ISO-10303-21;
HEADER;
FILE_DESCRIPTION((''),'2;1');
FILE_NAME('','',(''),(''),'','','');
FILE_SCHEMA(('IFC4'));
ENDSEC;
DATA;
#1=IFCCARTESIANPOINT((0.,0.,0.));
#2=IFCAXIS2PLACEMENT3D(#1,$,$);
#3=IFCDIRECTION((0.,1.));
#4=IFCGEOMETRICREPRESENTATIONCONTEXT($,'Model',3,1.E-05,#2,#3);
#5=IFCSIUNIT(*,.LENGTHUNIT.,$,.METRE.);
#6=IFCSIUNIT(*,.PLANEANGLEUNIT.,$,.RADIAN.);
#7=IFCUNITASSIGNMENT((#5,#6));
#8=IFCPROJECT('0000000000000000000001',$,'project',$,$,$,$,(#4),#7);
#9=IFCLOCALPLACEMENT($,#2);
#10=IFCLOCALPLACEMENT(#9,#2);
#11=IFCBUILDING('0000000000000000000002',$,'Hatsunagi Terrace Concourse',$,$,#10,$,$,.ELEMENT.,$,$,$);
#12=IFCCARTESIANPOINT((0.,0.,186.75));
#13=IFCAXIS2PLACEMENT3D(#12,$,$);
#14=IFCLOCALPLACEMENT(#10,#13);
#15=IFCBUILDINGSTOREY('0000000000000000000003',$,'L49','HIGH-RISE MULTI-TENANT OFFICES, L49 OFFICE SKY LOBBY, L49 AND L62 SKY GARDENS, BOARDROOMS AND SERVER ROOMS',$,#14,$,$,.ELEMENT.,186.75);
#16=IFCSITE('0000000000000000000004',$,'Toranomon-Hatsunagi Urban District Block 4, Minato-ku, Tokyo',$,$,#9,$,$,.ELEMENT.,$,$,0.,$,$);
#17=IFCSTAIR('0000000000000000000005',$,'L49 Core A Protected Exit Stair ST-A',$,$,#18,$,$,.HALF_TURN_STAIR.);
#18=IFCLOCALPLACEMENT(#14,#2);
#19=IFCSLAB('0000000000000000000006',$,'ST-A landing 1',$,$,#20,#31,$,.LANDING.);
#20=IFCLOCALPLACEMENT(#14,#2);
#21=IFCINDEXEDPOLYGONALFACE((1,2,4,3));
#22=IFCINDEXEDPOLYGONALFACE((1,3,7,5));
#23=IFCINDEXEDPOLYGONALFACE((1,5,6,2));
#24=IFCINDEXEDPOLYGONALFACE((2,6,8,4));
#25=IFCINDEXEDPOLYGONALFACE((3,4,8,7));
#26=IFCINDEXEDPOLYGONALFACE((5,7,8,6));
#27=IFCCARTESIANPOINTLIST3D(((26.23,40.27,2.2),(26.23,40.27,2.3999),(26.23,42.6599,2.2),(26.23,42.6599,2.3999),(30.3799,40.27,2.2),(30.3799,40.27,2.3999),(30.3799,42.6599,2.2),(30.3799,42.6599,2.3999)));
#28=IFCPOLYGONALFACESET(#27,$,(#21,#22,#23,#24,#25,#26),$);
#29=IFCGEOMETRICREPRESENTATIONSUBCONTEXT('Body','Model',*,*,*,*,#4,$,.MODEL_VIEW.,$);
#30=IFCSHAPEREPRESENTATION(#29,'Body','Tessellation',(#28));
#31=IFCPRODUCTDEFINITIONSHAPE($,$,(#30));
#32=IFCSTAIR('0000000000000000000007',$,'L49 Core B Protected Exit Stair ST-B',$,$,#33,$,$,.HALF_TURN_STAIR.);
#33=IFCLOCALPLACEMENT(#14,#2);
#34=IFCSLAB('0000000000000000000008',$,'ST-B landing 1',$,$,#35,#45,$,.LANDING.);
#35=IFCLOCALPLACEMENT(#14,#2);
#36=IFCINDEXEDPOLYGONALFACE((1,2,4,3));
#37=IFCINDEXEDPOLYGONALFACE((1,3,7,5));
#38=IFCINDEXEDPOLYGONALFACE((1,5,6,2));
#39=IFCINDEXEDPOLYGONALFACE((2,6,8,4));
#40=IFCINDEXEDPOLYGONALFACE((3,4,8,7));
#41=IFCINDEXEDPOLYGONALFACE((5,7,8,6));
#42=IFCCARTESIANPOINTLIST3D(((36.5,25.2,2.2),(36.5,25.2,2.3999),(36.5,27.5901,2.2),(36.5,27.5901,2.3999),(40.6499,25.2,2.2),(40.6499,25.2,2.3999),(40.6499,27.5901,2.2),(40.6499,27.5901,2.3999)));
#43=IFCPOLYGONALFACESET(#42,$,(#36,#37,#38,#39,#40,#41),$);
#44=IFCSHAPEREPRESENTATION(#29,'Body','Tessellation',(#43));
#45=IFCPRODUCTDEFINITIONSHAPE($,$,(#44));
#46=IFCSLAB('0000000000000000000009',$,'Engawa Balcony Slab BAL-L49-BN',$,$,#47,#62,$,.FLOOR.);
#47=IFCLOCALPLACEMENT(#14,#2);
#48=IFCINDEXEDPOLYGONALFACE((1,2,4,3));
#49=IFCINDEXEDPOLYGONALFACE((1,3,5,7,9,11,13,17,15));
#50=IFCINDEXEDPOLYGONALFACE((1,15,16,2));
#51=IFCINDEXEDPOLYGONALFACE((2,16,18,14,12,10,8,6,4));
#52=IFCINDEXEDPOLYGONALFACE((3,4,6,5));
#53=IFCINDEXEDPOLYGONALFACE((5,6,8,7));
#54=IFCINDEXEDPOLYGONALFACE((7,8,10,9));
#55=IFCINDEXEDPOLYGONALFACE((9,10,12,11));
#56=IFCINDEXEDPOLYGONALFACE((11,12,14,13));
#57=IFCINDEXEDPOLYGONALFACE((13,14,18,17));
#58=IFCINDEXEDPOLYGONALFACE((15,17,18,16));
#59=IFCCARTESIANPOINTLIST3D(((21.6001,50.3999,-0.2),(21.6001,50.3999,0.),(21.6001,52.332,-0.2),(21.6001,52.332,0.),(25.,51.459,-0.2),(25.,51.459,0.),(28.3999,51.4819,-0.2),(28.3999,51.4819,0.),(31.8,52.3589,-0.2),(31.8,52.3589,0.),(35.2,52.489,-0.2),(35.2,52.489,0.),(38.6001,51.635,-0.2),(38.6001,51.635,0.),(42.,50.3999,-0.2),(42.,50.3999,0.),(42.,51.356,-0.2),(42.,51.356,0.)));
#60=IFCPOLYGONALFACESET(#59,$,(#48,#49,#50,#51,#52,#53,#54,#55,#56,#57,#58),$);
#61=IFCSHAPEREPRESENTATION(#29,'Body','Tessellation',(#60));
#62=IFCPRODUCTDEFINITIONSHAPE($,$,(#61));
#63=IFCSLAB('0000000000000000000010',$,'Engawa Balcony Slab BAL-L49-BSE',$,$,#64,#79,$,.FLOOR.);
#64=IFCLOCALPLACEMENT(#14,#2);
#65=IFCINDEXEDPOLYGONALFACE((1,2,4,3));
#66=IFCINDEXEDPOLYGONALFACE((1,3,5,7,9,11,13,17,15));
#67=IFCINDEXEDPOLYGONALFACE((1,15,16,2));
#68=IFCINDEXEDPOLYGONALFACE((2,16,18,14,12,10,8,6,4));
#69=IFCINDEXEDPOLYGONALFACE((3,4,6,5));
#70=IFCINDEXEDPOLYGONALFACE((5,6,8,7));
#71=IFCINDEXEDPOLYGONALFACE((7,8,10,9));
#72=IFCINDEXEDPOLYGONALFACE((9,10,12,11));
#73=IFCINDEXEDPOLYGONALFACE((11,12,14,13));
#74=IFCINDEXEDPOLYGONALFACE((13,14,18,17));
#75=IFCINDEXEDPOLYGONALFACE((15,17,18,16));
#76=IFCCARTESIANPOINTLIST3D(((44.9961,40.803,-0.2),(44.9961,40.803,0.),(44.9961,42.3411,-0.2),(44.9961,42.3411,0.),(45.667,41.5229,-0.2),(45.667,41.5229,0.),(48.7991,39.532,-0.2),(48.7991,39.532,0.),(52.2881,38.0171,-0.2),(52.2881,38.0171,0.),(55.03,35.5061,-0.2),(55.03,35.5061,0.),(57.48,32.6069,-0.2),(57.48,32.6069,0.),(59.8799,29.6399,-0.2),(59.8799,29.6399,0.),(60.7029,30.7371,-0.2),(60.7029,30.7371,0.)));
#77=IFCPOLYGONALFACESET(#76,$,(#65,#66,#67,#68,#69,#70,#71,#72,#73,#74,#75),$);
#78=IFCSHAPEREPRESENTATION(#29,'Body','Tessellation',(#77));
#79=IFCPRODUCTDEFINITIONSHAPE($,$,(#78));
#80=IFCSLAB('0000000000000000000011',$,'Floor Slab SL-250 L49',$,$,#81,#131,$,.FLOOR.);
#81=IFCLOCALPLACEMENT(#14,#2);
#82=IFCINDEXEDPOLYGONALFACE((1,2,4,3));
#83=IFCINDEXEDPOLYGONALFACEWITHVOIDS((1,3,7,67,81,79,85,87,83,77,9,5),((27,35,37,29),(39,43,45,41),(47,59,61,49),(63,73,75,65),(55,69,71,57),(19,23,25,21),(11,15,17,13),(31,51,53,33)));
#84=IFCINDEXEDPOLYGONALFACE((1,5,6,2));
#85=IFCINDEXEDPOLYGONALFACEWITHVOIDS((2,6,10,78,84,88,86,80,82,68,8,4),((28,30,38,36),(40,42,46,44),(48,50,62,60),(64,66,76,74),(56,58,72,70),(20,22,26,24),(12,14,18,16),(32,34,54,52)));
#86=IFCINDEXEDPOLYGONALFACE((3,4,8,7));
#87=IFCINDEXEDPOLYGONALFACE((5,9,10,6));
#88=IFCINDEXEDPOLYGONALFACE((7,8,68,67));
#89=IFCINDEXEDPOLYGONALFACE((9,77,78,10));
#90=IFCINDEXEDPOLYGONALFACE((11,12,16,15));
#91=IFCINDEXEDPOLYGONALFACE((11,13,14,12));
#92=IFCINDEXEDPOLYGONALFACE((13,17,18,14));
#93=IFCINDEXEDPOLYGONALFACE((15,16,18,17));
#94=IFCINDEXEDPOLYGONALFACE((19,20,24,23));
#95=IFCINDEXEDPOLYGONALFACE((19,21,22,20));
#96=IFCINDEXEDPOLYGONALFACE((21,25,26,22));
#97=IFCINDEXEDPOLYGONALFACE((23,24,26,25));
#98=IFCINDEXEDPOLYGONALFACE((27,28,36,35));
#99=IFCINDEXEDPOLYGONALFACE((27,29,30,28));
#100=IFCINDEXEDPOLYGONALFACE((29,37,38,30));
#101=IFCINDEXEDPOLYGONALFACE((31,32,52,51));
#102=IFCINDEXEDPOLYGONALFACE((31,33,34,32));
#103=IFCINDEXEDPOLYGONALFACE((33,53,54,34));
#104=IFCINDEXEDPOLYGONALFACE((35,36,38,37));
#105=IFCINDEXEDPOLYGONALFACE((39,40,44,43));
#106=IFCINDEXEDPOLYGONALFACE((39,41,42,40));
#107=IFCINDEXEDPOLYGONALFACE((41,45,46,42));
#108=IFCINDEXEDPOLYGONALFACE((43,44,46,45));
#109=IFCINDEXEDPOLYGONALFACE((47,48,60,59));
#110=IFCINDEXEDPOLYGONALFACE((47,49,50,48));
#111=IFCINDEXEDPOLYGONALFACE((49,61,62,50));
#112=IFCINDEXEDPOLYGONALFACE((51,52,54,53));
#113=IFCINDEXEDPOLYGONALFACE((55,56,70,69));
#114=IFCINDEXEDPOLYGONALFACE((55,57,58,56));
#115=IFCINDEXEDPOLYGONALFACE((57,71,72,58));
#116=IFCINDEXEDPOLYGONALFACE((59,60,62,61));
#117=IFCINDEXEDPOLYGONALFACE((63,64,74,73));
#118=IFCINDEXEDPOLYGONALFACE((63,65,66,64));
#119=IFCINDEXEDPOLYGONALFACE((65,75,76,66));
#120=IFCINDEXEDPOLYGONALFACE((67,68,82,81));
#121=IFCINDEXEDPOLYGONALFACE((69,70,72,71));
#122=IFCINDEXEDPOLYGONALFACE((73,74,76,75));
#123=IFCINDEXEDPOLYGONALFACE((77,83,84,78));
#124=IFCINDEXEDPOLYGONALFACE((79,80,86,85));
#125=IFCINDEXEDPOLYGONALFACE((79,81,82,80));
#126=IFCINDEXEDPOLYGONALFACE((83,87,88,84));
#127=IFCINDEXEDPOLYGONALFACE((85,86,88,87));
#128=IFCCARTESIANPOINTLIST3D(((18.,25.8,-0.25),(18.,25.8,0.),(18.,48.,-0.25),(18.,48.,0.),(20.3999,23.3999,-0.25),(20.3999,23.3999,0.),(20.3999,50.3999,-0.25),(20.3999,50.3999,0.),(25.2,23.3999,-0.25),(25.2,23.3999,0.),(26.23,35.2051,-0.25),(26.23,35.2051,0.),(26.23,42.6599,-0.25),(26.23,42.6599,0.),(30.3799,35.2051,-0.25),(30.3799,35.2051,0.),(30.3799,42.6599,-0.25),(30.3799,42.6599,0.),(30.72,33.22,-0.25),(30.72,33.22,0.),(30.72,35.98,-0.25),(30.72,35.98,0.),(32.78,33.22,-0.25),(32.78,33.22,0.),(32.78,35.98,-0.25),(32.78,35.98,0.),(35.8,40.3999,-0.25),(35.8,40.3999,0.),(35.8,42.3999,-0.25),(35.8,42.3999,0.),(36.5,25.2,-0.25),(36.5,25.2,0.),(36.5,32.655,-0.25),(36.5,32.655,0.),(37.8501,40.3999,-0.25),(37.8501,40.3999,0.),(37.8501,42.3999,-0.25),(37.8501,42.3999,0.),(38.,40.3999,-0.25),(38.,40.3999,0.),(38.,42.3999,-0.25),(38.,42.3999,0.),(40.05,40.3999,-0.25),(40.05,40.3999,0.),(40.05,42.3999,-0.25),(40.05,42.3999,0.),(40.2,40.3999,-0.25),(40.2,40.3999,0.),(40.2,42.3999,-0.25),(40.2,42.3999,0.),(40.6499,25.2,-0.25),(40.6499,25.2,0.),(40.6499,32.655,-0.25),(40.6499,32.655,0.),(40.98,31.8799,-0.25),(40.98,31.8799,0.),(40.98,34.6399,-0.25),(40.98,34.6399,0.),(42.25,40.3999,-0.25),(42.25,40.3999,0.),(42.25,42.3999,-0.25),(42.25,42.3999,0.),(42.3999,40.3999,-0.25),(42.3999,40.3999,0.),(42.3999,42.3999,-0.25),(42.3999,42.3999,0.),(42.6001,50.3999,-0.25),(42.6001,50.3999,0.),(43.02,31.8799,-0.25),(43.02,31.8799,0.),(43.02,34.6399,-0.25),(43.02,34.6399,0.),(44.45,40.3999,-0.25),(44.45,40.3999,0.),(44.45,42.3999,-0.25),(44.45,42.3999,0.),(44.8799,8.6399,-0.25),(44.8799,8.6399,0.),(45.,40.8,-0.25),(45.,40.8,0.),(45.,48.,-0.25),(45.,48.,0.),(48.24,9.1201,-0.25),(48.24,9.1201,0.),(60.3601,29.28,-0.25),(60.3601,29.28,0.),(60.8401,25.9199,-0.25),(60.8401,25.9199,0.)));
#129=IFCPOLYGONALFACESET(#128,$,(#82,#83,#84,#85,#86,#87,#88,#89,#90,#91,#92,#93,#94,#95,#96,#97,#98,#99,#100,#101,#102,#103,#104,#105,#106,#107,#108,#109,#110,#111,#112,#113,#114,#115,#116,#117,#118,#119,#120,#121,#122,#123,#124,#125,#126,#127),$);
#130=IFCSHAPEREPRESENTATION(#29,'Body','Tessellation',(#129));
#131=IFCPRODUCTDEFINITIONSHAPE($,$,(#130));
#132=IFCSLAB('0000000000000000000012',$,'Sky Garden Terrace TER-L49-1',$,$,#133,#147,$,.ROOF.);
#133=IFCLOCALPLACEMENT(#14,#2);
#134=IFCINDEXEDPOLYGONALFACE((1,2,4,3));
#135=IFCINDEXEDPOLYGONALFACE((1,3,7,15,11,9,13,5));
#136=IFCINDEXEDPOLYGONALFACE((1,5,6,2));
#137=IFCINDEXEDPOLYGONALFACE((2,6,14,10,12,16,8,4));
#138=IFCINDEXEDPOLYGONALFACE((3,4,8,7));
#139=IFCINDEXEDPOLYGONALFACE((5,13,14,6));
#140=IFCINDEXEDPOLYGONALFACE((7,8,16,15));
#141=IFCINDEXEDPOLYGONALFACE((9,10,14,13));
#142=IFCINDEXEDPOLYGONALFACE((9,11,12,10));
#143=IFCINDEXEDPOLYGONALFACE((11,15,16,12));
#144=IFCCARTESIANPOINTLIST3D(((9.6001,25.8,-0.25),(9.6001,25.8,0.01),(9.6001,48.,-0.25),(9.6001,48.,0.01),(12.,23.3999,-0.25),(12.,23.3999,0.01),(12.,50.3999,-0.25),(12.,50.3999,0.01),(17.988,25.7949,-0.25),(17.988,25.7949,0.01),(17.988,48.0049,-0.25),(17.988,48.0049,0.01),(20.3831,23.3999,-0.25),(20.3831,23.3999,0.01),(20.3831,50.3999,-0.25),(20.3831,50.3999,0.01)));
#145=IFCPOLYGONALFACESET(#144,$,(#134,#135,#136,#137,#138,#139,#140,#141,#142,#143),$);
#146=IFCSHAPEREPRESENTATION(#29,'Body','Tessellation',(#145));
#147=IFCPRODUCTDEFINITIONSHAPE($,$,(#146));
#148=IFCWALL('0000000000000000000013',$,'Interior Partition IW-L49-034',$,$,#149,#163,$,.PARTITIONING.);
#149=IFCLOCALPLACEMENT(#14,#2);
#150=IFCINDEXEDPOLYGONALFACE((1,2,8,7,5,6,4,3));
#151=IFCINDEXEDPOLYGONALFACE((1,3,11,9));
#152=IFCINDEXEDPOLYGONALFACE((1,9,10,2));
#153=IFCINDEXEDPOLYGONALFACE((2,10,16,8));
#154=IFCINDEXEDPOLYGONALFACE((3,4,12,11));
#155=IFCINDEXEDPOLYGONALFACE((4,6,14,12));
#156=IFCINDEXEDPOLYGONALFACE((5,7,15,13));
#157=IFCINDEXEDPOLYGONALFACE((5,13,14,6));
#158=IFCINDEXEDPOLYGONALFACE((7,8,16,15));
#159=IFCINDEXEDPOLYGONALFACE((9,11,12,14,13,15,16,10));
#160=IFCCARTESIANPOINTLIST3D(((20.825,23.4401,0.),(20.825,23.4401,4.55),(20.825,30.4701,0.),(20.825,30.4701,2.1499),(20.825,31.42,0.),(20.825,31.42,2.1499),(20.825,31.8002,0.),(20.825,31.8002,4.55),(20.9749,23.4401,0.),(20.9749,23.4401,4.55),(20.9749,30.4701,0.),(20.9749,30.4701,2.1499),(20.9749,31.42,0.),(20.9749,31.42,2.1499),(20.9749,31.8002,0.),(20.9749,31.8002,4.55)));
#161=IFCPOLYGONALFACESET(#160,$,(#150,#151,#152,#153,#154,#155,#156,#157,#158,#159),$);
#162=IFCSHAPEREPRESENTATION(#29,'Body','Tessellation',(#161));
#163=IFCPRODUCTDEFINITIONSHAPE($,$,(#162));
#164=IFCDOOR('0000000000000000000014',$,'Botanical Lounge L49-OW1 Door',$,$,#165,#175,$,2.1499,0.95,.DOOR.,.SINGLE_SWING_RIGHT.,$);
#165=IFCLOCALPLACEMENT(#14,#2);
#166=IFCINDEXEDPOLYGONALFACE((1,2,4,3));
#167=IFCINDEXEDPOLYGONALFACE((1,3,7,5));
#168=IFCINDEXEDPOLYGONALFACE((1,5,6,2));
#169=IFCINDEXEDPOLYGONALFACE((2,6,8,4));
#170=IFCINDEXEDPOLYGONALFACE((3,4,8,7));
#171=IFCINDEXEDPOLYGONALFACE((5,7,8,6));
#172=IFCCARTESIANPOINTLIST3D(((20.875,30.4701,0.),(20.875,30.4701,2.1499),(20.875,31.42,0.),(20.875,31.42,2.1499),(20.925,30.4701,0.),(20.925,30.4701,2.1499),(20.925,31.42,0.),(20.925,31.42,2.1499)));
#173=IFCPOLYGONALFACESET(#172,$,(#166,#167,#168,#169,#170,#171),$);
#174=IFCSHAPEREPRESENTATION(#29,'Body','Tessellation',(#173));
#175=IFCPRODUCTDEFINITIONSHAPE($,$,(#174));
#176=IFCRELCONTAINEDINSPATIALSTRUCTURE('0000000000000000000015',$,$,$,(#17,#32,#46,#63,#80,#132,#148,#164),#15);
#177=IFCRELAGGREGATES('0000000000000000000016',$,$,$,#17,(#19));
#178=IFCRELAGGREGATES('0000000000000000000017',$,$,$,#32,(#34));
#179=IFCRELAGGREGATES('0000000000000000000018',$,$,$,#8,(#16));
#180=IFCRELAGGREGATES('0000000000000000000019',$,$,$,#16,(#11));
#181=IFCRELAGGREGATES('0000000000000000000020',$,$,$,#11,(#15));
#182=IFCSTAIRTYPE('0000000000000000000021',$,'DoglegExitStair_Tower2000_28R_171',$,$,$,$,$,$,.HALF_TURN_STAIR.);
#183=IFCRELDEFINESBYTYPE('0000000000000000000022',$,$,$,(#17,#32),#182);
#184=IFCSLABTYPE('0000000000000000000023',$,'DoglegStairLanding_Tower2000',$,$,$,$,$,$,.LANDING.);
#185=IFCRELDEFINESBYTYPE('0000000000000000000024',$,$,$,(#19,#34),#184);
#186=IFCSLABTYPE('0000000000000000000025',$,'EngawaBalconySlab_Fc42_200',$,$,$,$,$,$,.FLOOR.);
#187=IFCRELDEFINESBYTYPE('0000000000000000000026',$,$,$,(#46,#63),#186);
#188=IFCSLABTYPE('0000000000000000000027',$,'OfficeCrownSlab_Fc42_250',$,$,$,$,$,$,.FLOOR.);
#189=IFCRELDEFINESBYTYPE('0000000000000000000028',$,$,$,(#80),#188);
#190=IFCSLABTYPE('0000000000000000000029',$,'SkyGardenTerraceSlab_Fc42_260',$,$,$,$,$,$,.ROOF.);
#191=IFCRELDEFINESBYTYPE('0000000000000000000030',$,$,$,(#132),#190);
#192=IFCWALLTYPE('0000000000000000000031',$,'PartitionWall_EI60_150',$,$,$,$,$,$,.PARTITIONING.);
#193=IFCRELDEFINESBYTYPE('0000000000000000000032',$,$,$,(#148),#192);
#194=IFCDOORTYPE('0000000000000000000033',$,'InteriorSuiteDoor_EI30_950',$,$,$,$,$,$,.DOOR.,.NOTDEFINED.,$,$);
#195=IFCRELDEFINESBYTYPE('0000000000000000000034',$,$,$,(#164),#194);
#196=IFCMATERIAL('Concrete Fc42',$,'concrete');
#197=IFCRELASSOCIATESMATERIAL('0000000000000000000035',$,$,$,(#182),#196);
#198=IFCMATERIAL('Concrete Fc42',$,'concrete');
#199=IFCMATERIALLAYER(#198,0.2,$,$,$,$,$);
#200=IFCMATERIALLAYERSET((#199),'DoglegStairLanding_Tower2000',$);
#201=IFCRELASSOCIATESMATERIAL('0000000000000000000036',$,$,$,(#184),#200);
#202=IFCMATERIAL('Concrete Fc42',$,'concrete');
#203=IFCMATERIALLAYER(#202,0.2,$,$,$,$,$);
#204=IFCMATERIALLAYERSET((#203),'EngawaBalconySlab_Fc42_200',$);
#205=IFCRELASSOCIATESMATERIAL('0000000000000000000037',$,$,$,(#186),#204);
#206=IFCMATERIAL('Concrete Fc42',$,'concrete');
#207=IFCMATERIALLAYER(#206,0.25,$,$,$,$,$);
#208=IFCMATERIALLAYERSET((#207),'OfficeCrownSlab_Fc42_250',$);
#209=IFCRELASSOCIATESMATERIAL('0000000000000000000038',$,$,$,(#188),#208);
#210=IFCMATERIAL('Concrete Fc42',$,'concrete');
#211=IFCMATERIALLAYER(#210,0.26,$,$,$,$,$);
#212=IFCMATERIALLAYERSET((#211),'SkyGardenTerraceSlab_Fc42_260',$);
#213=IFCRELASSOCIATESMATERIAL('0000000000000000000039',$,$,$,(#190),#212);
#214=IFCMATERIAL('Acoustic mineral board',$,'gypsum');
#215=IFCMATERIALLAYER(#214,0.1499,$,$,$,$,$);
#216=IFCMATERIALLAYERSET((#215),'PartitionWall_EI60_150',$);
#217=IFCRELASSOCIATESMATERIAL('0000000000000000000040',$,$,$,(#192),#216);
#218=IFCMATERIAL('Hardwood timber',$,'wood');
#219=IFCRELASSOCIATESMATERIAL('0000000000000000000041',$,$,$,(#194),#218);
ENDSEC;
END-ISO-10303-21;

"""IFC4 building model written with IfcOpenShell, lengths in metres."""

from ifc_helpers import new_model, si_unit, direction, frame, frame_2d, origin, place, context, subcontext, project, spatial, polyline, rectangle, outline, extrude, material, layer, layer_set, type_object, element, fill, aggregate, save


model = new_model("IFC4")

# Units and contexts
model_context = context("Model", 3, precision=1e-05, world=origin(), true_north=direction((0.0, 1.0)))
body_context = subcontext(model_context, "Body", "Model", "MODEL_VIEW")
ifc_project = project(units=[si_unit("LENGTHUNIT", "METRE"), si_unit("PLANEANGLEUNIT", "RADIAN")], contexts=[model_context])

# Site, building, storey
site_placement = place(None, origin())
site = spatial("IfcSite", under=ifc_project, at=site_placement, Name="Toranomon-Hatsunagi Urban District Block 4, Minato-ku, Tokyo", CompositionType="ELEMENT", RefElevation=0.0)
building_placement = place(site_placement, origin())
building = spatial("IfcBuilding", under=site, at=building_placement, Name="Hatsunagi Terrace Concourse", CompositionType="ELEMENT")
storey_placement = place(building_placement, frame((0.0, 0.0, 186.75)))
storey = spatial("IfcBuildingStorey", under=building, at=storey_placement, Name="L49", Description="HIGH-RISE MULTI-TENANT OFFICES, L49 OFFICE SKY LOBBY, L49 AND L62 SKY GARDENS, BOARDROOMS AND SERVER ROOMS", CompositionType="ELEMENT", Elevation=186.75)

# Stairs, slabs
ifc_material_1 = material(Name="Concrete Fc42", Category="concrete")
stair_type = type_object("IfcStairType", Name="DoglegExitStair_Tower2000_28R_171", PredefinedType="HALF_TURN_STAIR", material=ifc_material_1)
stair_1_placement = place(storey_placement, origin())
stair_1 = element("IfcStair", 1, at=stair_1_placement, inside=storey, type_object=stair_type, Name="L49 Core A Protected Exit Stair ST-A", PredefinedType="HALF_TURN_STAIR")
ifc_material_2 = material(Name="Concrete Fc42", Category="concrete")
ifc_layer_1 = layer(ifc_material_2, 0.2)
ifc_layer_set_1 = layer_set([ifc_layer_1], Name="DoglegStairLanding_Tower2000")
slab_type_1 = type_object("IfcSlabType", Name="DoglegStairLanding_Tower2000", PredefinedType="LANDING", material=ifc_layer_set_1)
slab_1_placement = place(storey_placement, frame((0.0, 0.0, 2.2)))
slab_1 = element("IfcSlab", 2, at=slab_1_placement, type_object=slab_type_1, Name="ST-A landing 1", PredefinedType="LANDING", context=body_context, shape_type="SweptSolid", body=[
    extrude(outline(polyline([(30.3799, 40.27), (30.3799, 42.6599), (26.23, 42.6599), (26.23, 40.27), (30.3799, 40.27)])), origin(), (0.0, 0.0, 1.0), 0.2),
])
aggregate(stair_1, [slab_1])
stair_2_placement = place(storey_placement, origin())
stair_2 = element("IfcStair", 3, at=stair_2_placement, inside=storey, type_object=stair_type, Name="L49 Core B Protected Exit Stair ST-B", PredefinedType="HALF_TURN_STAIR")
slab_2_placement = place(storey_placement, frame((0.0, 0.0, 2.2)))
slab_2 = element("IfcSlab", 4, at=slab_2_placement, type_object=slab_type_1, Name="ST-B landing 1", PredefinedType="LANDING", context=body_context, shape_type="SweptSolid", body=[
    extrude(outline(polyline([(36.5, 27.5901), (36.5, 25.2), (40.6499, 25.2), (40.6499, 27.5901), (36.5, 27.5901)])), origin(), (0.0, 0.0, 1.0), 0.2),
])
aggregate(stair_2, [slab_2])

# Slabs
ifc_material_3 = material(Name="Concrete Fc42", Category="concrete")
ifc_layer_2 = layer(ifc_material_3, 0.2)
ifc_layer_set_2 = layer_set([ifc_layer_2], Name="EngawaBalconySlab_Fc42_200")
slab_type_2 = type_object("IfcSlabType", Name="EngawaBalconySlab_Fc42_200", PredefinedType="FLOOR", material=ifc_layer_set_2)
slab_3_placement = place(storey_placement, frame((0.0, 0.0, -0.2)))
element("IfcSlab", 5, at=slab_3_placement, inside=storey, type_object=slab_type_2, Name="Engawa Balcony Slab BAL-L49-BN", PredefinedType="FLOOR", context=body_context, shape_type="SweptSolid", body=[
    extrude(outline(polyline([(21.6001, 52.332), (21.6001, 50.3999), (42.0, 50.3999), (42.0, 51.356), (38.6001, 51.635), (35.2, 52.489), (31.8, 52.3589), (28.3999, 51.4819), (25.0, 51.459), (21.6001, 52.332)])), origin(), (0.0, 0.0, 1.0), 0.2),
])
slab_4_placement = place(storey_placement, frame((0.0, 0.0, -0.2)))
element("IfcSlab", 6, at=slab_4_placement, inside=storey, type_object=slab_type_2, Name="Engawa Balcony Slab BAL-L49-BSE", PredefinedType="FLOOR", context=body_context, shape_type="SweptSolid", body=[
    extrude(outline(polyline([(45.667, 41.5229), (44.9961, 42.3411), (44.9961, 40.803), (59.8799, 29.6399), (60.7029, 30.7371), (57.48, 32.6069), (55.03, 35.5061), (52.2881, 38.0171), (48.7991, 39.532), (45.667, 41.5229)])), origin(), (0.0, 0.0, 1.0), 0.2),
])
ifc_material_4 = material(Name="Concrete Fc42", Category="concrete")
ifc_layer_3 = layer(ifc_material_4, 0.25)
ifc_layer_set_3 = layer_set([ifc_layer_3], Name="OfficeCrownSlab_Fc42_250")
slab_type_3 = type_object("IfcSlabType", Name="OfficeCrownSlab_Fc42_250", PredefinedType="FLOOR", material=ifc_layer_set_3)
slab_5_placement = place(storey_placement, frame((0.0, 0.0, -0.25)))
element("IfcSlab", 7, at=slab_5_placement, inside=storey, type_object=slab_type_3, Name="Floor Slab SL-250 L49", PredefinedType="FLOOR", context=body_context, shape_type="SweptSolid", body=[
    extrude(outline(polyline([(45.0, 40.8), (45.0, 48.0), (42.6001, 50.3999), (20.3999, 50.3999), (18.0, 48.0), (18.0, 25.8), (20.3999, 23.3999), (25.2, 23.3999), (44.8799, 8.6399), (48.24, 9.1201), (60.8401, 25.9199), (60.3601, 29.28), (45.0, 40.8)]), holes=[polyline([(26.23, 35.2051), (30.3799, 35.2051), (30.3799, 42.6599), (26.23, 42.6599), (26.23, 35.2051)]), polyline([(36.5, 25.2), (40.6499, 25.2), (40.6499, 32.655), (36.5, 32.655), (36.5, 25.2)]), polyline([(30.72, 33.22), (32.78, 33.22), (32.78, 35.98), (30.72, 35.98), (30.72, 33.22)]), polyline([(40.98, 31.8799), (43.02, 31.8799), (43.02, 34.6399), (40.98, 34.6399), (40.98, 31.8799)]), polyline([(35.8, 40.3999), (37.8501, 40.3999), (37.8501, 42.3999), (35.8, 42.3999), (35.8, 40.3999)]), polyline([(38.0, 40.3999), (40.05, 40.3999), (40.05, 42.3999), (38.0, 42.3999), (38.0, 40.3999)]), polyline([(40.2, 40.3999), (42.25, 40.3999), (42.25, 42.3999), (40.2, 42.3999), (40.2, 40.3999)]), polyline([(42.3999, 40.3999), (44.45, 40.3999), (44.45, 42.3999), (42.3999, 42.3999), (42.3999, 40.3999)])]), origin(), (0.0, 0.0, 1.0), 0.25),
])
ifc_material_5 = material(Name="Concrete Fc42", Category="concrete")
ifc_layer_4 = layer(ifc_material_5, 0.26)
ifc_layer_set_4 = layer_set([ifc_layer_4], Name="SkyGardenTerraceSlab_Fc42_260")
slab_type_4 = type_object("IfcSlabType", Name="SkyGardenTerraceSlab_Fc42_260", PredefinedType="ROOF", material=ifc_layer_set_4)
slab_6_placement = place(storey_placement, frame((0.0, 0.0, -0.25)))
element("IfcSlab", 8, at=slab_6_placement, inside=storey, type_object=slab_type_4, Name="Sky Garden Terrace TER-L49-1", PredefinedType="ROOF", context=body_context, shape_type="SweptSolid", body=[
    extrude(outline(polyline([(12.0, 23.3999), (20.3831, 23.3999), (17.988, 25.7949), (17.988, 48.0049), (20.3831, 50.3999), (12.0, 50.3999), (9.6001, 48.0), (9.6001, 25.8), (12.0, 23.3999)])), origin(), (0.0, 0.0, 1.0), 0.26),
])

# Wall, opening, door
ifc_material_6 = material(Name="Acoustic mineral board", Category="gypsum")
ifc_layer_5 = layer(ifc_material_6, 0.1499)
ifc_layer_set_5 = layer_set([ifc_layer_5], Name="PartitionWall_EI60_150")
wall_type = type_object("IfcWallType", Name="PartitionWall_EI60_150", PredefinedType="PARTITIONING", material=ifc_layer_set_5)
wall_1_placement = place(storey_placement, frame((20.8999, 23.4399, 0.0), z_axis=(0.0, 0.0, 1.0), x_axis=(0.0, 1.0, 0.0)))
wall_1 = element("IfcWall", 9, at=wall_1_placement, inside=storey, type_object=wall_type, Name="Interior Partition IW-L49-034", PredefinedType="PARTITIONING", context=body_context, shape_type="SweptSolid", body=[
    extrude(rectangle(XDim=8.3601, YDim=0.1499, at=frame_2d((4.1802, 0.0))), origin(), (0.0, 0.0, 1.0), 4.55),
])
opening_placement = place(wall_1_placement, frame((7.03, 0.0, 0.0)))
opening = element("IfcOpeningElement", 10, at=opening_placement, cuts=wall_1, PredefinedType="OPENING", context=body_context, shape_type="SweptSolid", body=[
    extrude(rectangle(XDim=0.95, YDim=2.1499, at=frame_2d((0.4751, 1.075))), frame((0.0, 0.085, 0.0), z_axis=(0.0, -1.0, 0.0), x_axis=(1.0, 0.0, 0.0)), (0.0, 0.0, 1.0), 0.1699),
])
ifc_material_7 = material(Name="Hardwood timber", Category="wood")
door_type = type_object("IfcDoorType", Name="InteriorSuiteDoor_EI30_950", OperationType="NOTDEFINED", PredefinedType="DOOR", material=ifc_material_7)
door_placement = place(opening_placement, origin())
door = element("IfcDoor", 11, at=door_placement, inside=storey, type_object=door_type, Name="Botanical Lounge L49-OW1 Door", OperationType="SINGLE_SWING_RIGHT", OverallHeight=2.1499, OverallWidth=0.95, PredefinedType="DOOR", context=body_context, shape_type="SweptSolid", body=[
    extrude(rectangle(XDim=0.95, YDim=2.1499, at=frame_2d((0.4751, 1.075))), frame((0.0, 0.0249, 0.0), z_axis=(0.0, -1.0, 0.0), x_axis=(1.0, 0.0, 0.0)), (0.0, 0.0, 1.0), 0.05),
])
fill(opening, door)

save(model, "model.ifc")
